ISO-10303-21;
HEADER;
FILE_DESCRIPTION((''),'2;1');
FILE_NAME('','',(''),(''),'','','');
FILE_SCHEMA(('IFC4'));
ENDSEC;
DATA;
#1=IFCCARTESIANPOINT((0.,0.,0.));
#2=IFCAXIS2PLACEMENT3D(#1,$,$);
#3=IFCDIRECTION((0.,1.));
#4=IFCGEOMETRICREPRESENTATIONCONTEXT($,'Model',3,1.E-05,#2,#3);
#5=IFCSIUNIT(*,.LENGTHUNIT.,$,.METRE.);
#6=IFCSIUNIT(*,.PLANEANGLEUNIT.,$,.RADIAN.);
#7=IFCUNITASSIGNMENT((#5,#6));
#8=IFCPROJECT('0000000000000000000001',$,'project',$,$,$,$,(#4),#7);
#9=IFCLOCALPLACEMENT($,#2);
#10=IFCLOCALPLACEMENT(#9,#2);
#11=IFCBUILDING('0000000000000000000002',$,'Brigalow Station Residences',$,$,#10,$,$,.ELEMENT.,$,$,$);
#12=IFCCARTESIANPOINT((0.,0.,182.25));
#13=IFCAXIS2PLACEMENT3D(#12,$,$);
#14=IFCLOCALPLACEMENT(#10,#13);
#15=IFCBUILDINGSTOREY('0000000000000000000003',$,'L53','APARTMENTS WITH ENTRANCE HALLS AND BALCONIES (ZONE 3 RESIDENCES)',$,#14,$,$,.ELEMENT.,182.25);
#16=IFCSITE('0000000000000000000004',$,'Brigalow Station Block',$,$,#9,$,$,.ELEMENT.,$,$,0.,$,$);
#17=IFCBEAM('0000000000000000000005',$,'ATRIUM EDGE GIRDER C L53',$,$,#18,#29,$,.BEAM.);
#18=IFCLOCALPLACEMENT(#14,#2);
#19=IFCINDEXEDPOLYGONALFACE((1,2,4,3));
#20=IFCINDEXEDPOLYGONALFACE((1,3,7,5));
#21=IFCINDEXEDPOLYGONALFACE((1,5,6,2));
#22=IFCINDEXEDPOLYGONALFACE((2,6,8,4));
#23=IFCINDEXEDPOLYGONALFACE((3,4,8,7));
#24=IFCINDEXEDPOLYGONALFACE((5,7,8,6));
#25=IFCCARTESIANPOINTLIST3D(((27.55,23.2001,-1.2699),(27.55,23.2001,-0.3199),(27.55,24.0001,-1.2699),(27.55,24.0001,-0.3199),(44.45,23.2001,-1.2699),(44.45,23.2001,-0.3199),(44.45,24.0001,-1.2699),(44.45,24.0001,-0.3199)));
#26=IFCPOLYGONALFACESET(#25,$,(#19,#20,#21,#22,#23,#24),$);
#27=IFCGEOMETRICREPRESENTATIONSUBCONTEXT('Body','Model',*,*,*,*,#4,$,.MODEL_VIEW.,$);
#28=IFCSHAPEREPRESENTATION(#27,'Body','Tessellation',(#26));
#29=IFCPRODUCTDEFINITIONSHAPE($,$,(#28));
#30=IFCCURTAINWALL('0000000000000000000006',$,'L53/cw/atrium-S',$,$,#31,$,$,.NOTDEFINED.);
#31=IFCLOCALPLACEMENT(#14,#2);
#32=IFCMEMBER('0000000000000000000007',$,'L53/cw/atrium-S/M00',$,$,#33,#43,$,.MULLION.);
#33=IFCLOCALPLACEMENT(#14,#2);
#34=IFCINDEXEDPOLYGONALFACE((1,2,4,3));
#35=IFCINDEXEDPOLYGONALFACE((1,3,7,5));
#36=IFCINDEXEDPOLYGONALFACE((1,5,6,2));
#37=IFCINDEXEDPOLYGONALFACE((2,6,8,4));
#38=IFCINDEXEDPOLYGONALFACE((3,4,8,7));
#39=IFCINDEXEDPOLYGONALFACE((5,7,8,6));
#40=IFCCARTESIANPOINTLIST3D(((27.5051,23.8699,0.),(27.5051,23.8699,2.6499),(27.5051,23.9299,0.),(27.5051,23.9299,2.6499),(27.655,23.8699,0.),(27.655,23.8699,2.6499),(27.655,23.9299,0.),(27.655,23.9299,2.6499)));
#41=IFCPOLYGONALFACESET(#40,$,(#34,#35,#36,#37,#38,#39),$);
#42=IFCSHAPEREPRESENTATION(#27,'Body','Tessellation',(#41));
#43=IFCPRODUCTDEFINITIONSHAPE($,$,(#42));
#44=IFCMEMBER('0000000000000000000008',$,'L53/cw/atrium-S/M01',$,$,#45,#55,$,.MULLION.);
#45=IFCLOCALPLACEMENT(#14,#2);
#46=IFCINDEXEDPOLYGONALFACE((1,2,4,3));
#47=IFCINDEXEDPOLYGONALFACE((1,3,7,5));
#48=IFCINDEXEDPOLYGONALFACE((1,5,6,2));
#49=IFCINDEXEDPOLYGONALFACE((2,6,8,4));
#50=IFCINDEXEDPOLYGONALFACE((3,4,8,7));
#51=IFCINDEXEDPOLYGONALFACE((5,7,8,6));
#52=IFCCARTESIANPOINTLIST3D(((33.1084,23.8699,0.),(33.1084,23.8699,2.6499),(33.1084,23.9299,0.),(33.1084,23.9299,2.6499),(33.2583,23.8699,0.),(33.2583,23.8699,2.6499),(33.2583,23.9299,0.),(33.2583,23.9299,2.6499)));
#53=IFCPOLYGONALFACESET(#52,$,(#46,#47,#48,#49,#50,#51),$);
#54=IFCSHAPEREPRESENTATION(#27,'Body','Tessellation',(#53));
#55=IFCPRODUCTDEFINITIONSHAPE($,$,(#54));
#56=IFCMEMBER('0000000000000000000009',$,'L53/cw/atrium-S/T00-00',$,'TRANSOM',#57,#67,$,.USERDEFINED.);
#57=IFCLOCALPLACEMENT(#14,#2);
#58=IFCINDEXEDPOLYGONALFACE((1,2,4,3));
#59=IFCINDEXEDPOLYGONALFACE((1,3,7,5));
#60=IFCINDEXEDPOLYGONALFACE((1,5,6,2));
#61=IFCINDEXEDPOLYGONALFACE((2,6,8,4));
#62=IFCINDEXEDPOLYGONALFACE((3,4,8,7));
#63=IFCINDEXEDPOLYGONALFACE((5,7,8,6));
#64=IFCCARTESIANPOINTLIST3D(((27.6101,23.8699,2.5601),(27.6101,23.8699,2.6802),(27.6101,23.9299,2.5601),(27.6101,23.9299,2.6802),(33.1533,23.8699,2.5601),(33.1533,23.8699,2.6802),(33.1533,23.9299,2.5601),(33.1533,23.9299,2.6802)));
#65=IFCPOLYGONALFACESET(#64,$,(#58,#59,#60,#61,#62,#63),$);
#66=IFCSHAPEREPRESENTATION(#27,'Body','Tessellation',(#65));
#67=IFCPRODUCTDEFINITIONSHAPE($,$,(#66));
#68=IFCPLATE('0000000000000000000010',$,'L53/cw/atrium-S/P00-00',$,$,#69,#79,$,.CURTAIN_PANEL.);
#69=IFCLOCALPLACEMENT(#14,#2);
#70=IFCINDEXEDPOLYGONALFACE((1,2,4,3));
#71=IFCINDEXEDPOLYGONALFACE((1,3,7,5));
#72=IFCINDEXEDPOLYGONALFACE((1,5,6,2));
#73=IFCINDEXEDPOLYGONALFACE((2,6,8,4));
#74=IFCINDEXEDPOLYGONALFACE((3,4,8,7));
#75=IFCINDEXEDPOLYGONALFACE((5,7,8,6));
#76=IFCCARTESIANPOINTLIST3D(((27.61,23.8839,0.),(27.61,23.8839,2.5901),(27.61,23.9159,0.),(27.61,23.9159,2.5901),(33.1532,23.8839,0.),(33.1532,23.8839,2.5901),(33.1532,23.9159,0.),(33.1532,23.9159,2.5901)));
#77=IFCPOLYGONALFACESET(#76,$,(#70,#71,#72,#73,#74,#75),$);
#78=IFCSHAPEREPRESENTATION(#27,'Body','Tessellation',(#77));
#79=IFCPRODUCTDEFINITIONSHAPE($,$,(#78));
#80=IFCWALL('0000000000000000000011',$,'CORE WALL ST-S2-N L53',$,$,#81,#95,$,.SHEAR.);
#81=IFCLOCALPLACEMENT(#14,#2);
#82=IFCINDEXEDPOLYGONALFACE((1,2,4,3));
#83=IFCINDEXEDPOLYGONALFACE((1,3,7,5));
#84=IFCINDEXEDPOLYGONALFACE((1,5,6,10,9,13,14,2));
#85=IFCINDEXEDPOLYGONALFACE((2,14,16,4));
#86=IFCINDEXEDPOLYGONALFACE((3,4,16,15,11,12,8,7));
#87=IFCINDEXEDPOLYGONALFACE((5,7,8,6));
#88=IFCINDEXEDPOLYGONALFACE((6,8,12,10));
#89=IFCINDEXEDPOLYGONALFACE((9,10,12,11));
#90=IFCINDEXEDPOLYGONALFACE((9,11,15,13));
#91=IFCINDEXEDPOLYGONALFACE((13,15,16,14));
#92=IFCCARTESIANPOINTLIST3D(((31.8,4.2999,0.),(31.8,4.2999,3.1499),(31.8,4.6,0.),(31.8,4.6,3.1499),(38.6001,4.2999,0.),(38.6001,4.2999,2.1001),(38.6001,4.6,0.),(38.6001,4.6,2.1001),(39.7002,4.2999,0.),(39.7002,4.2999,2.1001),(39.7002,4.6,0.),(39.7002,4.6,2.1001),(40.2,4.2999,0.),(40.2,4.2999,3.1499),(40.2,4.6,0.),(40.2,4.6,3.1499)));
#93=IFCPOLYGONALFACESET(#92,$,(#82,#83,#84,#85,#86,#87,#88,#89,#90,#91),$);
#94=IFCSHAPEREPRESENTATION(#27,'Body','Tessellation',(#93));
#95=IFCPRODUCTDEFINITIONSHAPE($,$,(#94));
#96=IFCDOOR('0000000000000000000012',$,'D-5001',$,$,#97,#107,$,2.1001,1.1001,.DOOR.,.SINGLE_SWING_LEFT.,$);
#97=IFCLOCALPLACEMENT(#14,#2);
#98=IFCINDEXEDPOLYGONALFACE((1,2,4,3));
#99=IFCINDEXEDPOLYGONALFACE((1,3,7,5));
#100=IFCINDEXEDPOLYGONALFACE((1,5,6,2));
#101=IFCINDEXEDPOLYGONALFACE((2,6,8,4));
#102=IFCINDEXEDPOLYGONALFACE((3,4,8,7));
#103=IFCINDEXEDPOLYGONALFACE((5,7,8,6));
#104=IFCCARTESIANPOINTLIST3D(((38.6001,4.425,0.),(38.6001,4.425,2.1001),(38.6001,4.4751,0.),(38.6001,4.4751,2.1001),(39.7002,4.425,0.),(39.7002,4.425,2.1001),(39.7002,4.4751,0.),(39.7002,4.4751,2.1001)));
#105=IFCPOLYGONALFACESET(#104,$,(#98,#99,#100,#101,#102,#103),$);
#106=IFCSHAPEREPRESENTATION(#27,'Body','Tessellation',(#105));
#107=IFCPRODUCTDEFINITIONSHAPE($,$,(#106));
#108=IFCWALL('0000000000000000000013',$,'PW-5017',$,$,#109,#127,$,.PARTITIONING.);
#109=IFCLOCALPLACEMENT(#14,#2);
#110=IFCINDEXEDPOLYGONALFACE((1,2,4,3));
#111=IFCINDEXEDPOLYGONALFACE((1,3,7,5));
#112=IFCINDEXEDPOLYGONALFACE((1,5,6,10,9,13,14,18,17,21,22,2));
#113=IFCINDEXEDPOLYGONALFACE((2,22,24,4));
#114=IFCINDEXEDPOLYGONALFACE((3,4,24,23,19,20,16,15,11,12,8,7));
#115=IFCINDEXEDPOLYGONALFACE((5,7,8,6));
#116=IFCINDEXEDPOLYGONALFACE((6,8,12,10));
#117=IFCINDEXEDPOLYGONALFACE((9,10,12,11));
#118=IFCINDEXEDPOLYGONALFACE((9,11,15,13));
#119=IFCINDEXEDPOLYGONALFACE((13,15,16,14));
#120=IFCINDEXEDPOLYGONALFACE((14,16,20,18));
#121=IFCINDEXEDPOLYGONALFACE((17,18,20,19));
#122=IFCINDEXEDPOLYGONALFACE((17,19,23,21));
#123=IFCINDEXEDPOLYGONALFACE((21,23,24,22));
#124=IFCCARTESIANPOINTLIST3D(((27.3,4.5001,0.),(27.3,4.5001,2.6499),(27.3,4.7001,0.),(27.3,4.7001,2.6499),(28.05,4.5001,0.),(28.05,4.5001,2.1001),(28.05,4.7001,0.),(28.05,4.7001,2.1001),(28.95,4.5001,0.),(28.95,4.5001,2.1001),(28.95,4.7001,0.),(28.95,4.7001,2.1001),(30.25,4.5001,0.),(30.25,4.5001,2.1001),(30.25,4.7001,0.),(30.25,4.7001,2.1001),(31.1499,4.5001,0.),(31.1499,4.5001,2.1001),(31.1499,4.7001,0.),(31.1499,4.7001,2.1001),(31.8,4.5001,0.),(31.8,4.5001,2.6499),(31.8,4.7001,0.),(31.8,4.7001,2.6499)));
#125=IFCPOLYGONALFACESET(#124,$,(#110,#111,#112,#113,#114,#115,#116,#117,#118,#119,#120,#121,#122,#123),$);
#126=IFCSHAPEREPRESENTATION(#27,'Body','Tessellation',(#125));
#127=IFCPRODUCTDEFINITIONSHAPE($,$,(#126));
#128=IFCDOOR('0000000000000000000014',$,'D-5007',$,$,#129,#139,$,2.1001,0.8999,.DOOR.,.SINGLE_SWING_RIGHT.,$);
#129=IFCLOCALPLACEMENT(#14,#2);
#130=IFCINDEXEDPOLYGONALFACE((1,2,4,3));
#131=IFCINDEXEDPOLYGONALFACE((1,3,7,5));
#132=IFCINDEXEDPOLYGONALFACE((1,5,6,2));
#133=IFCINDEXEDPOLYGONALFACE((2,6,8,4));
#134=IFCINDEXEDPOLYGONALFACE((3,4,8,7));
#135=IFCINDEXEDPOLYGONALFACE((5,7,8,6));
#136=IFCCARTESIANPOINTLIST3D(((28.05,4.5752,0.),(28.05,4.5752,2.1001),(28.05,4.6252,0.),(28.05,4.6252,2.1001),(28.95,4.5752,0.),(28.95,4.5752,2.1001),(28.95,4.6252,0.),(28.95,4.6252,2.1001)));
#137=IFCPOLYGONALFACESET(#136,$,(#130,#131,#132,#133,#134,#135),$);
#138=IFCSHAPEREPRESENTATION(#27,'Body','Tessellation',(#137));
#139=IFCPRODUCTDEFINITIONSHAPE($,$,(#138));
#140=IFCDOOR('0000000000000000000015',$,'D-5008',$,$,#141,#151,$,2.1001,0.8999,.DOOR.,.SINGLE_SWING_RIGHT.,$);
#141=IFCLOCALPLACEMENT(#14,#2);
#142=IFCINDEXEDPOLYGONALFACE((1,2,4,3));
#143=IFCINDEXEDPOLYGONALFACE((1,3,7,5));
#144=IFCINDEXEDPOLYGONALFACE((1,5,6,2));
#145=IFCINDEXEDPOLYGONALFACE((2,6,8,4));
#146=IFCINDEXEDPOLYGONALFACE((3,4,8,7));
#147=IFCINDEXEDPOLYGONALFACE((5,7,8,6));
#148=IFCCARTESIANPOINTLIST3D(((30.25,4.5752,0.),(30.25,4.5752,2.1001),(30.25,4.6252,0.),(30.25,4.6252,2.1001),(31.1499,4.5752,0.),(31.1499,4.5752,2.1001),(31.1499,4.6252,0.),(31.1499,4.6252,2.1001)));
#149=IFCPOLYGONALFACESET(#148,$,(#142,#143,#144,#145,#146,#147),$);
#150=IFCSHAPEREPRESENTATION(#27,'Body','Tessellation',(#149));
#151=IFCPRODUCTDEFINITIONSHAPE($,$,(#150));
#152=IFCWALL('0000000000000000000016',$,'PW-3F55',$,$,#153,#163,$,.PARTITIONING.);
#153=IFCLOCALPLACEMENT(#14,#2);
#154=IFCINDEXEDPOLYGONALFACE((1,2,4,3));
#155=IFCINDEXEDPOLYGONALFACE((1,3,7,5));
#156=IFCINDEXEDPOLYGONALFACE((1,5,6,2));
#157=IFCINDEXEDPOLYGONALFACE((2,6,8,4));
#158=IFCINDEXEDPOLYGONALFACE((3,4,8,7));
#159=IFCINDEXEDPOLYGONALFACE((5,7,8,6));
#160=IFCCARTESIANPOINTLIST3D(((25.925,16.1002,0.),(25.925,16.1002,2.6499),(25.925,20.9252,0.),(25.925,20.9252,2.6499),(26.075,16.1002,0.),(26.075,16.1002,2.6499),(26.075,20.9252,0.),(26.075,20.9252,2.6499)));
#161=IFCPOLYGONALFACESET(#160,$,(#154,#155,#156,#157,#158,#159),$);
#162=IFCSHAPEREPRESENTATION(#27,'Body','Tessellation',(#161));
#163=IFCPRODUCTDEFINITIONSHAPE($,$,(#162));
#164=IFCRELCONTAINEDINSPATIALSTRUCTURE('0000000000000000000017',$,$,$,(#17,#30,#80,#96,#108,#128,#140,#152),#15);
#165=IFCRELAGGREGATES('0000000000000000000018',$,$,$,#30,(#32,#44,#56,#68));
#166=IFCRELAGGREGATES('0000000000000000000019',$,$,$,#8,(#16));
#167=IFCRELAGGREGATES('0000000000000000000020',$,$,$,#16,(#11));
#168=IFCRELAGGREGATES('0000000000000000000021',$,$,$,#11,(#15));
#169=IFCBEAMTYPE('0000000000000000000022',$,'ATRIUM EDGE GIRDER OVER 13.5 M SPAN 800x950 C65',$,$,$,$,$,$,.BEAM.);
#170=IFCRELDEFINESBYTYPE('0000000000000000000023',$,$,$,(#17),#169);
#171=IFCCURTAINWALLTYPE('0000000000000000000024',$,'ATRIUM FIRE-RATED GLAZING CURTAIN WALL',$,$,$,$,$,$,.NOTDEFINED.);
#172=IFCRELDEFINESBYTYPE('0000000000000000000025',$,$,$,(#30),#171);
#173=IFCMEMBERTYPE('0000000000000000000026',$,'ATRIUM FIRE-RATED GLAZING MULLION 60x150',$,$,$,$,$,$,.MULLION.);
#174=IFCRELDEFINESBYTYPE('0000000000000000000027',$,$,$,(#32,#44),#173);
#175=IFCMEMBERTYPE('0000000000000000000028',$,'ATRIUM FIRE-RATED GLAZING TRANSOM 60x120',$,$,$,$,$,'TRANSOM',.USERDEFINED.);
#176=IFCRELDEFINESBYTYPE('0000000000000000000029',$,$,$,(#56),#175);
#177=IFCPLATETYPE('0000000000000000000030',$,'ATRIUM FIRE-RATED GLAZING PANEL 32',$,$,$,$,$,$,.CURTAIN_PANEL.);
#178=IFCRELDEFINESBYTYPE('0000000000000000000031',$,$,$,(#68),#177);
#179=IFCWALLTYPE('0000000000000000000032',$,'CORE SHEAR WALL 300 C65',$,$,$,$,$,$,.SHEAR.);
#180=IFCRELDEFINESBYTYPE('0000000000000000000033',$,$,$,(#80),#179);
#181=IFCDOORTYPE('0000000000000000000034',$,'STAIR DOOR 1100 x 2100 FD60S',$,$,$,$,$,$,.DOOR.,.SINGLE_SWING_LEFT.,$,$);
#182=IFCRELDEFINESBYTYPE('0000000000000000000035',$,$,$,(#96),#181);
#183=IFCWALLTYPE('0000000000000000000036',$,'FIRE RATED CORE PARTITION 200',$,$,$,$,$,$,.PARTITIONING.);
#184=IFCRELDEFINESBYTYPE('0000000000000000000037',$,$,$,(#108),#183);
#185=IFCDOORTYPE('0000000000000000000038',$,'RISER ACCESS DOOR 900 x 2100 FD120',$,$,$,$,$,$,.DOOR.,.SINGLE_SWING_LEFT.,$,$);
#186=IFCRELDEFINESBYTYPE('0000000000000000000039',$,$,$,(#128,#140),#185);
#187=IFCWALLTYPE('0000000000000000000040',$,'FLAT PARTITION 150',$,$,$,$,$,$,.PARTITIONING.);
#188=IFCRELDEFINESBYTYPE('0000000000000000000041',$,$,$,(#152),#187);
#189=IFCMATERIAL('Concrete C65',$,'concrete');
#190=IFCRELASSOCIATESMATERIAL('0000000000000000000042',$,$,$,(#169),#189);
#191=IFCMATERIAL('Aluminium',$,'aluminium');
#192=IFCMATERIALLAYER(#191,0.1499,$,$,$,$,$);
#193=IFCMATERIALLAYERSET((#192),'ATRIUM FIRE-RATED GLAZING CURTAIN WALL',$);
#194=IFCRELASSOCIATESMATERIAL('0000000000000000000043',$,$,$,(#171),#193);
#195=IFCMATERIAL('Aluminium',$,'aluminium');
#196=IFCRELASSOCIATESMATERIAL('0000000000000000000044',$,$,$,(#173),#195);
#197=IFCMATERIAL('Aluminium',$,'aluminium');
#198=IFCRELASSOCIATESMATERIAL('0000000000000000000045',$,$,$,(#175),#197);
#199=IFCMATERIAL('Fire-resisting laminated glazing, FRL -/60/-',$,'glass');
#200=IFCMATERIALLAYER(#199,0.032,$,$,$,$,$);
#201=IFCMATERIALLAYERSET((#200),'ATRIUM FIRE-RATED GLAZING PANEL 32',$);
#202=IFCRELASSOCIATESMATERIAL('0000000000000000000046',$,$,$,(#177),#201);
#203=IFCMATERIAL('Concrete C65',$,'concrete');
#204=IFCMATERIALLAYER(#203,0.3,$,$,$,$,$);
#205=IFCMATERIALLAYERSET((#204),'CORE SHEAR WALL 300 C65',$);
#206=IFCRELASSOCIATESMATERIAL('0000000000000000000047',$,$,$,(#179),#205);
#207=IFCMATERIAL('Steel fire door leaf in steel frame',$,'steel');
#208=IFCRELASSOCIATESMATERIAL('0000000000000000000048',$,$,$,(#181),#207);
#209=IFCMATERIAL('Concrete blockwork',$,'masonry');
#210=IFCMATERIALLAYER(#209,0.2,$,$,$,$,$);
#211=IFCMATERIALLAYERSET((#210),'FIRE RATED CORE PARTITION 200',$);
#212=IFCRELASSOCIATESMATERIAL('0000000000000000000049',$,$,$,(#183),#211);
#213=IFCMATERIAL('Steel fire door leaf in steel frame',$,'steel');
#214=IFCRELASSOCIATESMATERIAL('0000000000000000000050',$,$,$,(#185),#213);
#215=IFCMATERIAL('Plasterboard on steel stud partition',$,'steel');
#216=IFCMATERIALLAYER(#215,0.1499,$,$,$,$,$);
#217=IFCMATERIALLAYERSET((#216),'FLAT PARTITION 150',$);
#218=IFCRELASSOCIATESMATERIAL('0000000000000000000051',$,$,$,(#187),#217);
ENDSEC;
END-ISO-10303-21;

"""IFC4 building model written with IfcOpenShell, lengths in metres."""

from ifc_helpers import new_model, si_unit, direction, frame, frame_2d, origin, origin_2d, place, context, subcontext, project, spatial, rectangle, extrude, material, layer, layer_set, material_profile, profile_set, type_object, element, fill, aggregate, save


model = new_model("IFC4")

# Units and contexts
model_context = context("Model", 3, precision=1e-05, world=origin(), true_north=direction((0.0, 1.0)))
body_context = subcontext(model_context, "Body", "Model", "MODEL_VIEW")
ifc_project = project(units=[si_unit("LENGTHUNIT", "METRE"), si_unit("PLANEANGLEUNIT", "RADIAN")], contexts=[model_context])

# Site, building, storey
site_placement = place(None, origin())
site = spatial("IfcSite", under=ifc_project, at=site_placement, Name="Brigalow Station Block", CompositionType="ELEMENT", RefElevation=0.0)
building_placement = place(site_placement, origin())
building = spatial("IfcBuilding", under=site, at=building_placement, Name="Brigalow Station Residences", CompositionType="ELEMENT")
storey_placement = place(building_placement, frame((0.0, 0.0, 182.25)))
storey = spatial("IfcBuildingStorey", under=building, at=storey_placement, Name="L53", Description="APARTMENTS WITH ENTRANCE HALLS AND BALCONIES (ZONE 3 RESIDENCES)", CompositionType="ELEMENT", Elevation=182.25)

# Beam
ifc_material_1 = material(Name="Concrete C65", Category="concrete")
ifc_material_profile_1 = material_profile(ifc_material_1, rectangle(XDim=0.8, YDim=0.95, at=origin_2d()), Name="RC800x950")
ifc_profile_set_1 = profile_set([ifc_material_profile_1], Name="Concrete C65")
beam_type = type_object("IfcBeamType", Name="ATRIUM EDGE GIRDER OVER 13.5 M SPAN 800x950 C65", PredefinedType="BEAM", material=ifc_profile_set_1)
beam_placement = place(storey_placement, frame((27.55, 23.6001, -0.7949), z_axis=(1.0, 0.0, 0.0), x_axis=(0.0, 1.0, 0.0)))
element("IfcBeam", 1, at=beam_placement, inside=storey, type_object=beam_type, Name="ATRIUM EDGE GIRDER C L53", PredefinedType="BEAM", context=body_context, shape_type="SweptSolid", body=[
    extrude(rectangle(XDim=0.8, YDim=0.95, at=origin_2d()), origin(), (0.0, 0.0, 1.0), 16.8999),
])

# Curtain wall, members, plate
ifc_material_2 = material(Name="Aluminium", Category="aluminium")
ifc_layer_1 = layer(ifc_material_2, 0.1499)
ifc_layer_set_1 = layer_set([ifc_layer_1], Name="ATRIUM FIRE-RATED GLAZING CURTAIN WALL")
curtain_wall_type = type_object("IfcCurtainWallType", Name="ATRIUM FIRE-RATED GLAZING CURTAIN WALL", PredefinedType="NOTDEFINED", material=ifc_layer_set_1)
curtain_wall_placement = place(storey_placement, origin())
curtain_wall = element("IfcCurtainWall", 2, at=curtain_wall_placement, inside=storey, type_object=curtain_wall_type, Name="L53/cw/atrium-S", PredefinedType="NOTDEFINED")
ifc_material_3 = material(Name="Aluminium", Category="aluminium")
ifc_material_profile_2 = material_profile(ifc_material_3, rectangle(XDim=0.0601, YDim=0.1499, at=origin_2d()), Name="ATRIUM FIRE-RATED GLAZING MULLION 60x150")
ifc_profile_set_2 = profile_set([ifc_material_profile_2], Name="Aluminium")
member_type_1 = type_object("IfcMemberType", Name="ATRIUM FIRE-RATED GLAZING MULLION 60x150", PredefinedType="MULLION", material=ifc_profile_set_2)
member_1_placement = place(storey_placement, frame((27.5801, 23.8999, 0.0), z_axis=(0.0, 0.0, 1.0), x_axis=(0.0, 1.0, 0.0)))
member_1 = element("IfcMember", 3, at=member_1_placement, type_object=member_type_1, Name="L53/cw/atrium-S/M00", PredefinedType="MULLION", context=body_context, shape_type="SweptSolid", body=[
    extrude(rectangle(XDim=0.0601, YDim=0.1499, at=origin_2d()), origin(), (0.0, 0.0, 1.0), 2.6499),
])
member_2_placement = place(storey_placement, frame((33.1833, 23.8999, 0.0), z_axis=(0.0, 0.0, 1.0), x_axis=(0.0, 1.0, 0.0)))
member_2 = element("IfcMember", 4, at=member_2_placement, type_object=member_type_1, Name="L53/cw/atrium-S/M01", PredefinedType="MULLION", context=body_context, shape_type="SweptSolid", body=[
    extrude(rectangle(XDim=0.0601, YDim=0.1499, at=origin_2d()), origin(), (0.0, 0.0, 1.0), 2.6499),
])
ifc_material_4 = material(Name="Aluminium", Category="aluminium")
ifc_material_profile_3 = material_profile(ifc_material_4, rectangle(XDim=0.0601, YDim=0.1201, at=origin_2d()), Name="ATRIUM FIRE-RATED GLAZING TRANSOM 60x120")
ifc_profile_set_3 = profile_set([ifc_material_profile_3], Name="Aluminium")
member_type_2 = type_object("IfcMemberType", Name="ATRIUM FIRE-RATED GLAZING TRANSOM 60x120", ElementType="TRANSOM", PredefinedType="USERDEFINED", material=ifc_profile_set_3)
member_3_placement = place(storey_placement, frame((27.6101, 23.8999, 2.6201), z_axis=(1.0, 0.0, 0.0), x_axis=(0.0, 1.0, 0.0)))
member_3 = element("IfcMember", 5, at=member_3_placement, type_object=member_type_2, Name="L53/cw/atrium-S/T00-00", ObjectType="TRANSOM", PredefinedType="USERDEFINED", context=body_context, shape_type="SweptSolid", body=[
    extrude(rectangle(XDim=0.0601, YDim=0.1201, at=origin_2d()), origin(), (0.0, 0.0, 1.0), 5.5432),
])
ifc_material_5 = material(Name="Fire-resisting laminated glazing, FRL -/60/-", Category="glass")
ifc_layer_2 = layer(ifc_material_5, 0.032)
ifc_layer_set_2 = layer_set([ifc_layer_2], Name="ATRIUM FIRE-RATED GLAZING PANEL 32")
plate_type = type_object("IfcPlateType", Name="ATRIUM FIRE-RATED GLAZING PANEL 32", PredefinedType="CURTAIN_PANEL", material=ifc_layer_set_2)
plate_placement = place(storey_placement, frame((30.3816, 23.8999, 0.0), z_axis=(0.0, 0.0, 1.0), x_axis=(1.0, 0.0, 0.0)))
plate = element("IfcPlate", 6, at=plate_placement, type_object=plate_type, Name="L53/cw/atrium-S/P00-00", PredefinedType="CURTAIN_PANEL", context=body_context, shape_type="SweptSolid", body=[
    extrude(rectangle(XDim=5.5432, YDim=0.032, at=origin_2d()), origin(), (0.0, 0.0, 1.0), 2.5901),
])
aggregate(curtain_wall, [member_1, member_2, member_3, plate])

# Wall, opening, door
ifc_material_6 = material(Name="Concrete C65", Category="concrete")
ifc_layer_3 = layer(ifc_material_6, 0.3)
ifc_layer_set_3 = layer_set([ifc_layer_3], Name="CORE SHEAR WALL 300 C65")
wall_type_1 = type_object("IfcWallType", Name="CORE SHEAR WALL 300 C65", PredefinedType="SHEAR", material=ifc_layer_set_3)
wall_1_placement = place(storey_placement, frame((31.8, 4.45, 0.0), z_axis=(0.0, 0.0, 1.0), x_axis=(1.0, 0.0, 0.0)))
wall_1 = element("IfcWall", 7, at=wall_1_placement, inside=storey, type_object=wall_type_1, Name="CORE WALL ST-S2-N L53", PredefinedType="SHEAR", context=body_context, shape_type="SweptSolid", body=[
    extrude(rectangle(XDim=8.3999, YDim=0.3, at=frame_2d((4.2, 0.0))), origin(), (0.0, 0.0, 1.0), 3.1499),
])
opening_1_placement = place(wall_1_placement, frame((6.8, 0.0, 0.0)))
opening_1 = element("IfcOpeningElement", 8, at=opening_1_placement, cuts=wall_1, PredefinedType="OPENING", context=body_context, shape_type="SweptSolid", body=[
    extrude(rectangle(XDim=1.1001, YDim=2.1001, at=frame_2d((0.55, 1.05))), frame((0.0, 0.1602, 0.0), z_axis=(0.0, -1.0, 0.0), x_axis=(1.0, 0.0, 0.0)), (0.0, 0.0, 1.0), 0.3201),
])
ifc_material_7 = material(Name="Steel fire door leaf in steel frame", Category="steel")
door_type_1 = type_object("IfcDoorType", Name="STAIR DOOR 1100 x 2100 FD60S", OperationType="SINGLE_SWING_LEFT", PredefinedType="DOOR", material=ifc_material_7)
door_1_placement = place(opening_1_placement, frame((1.1001, 0.0, 0.0), z_axis=(0.0, 0.0, 1.0), x_axis=(-1.0, 0.0, 0.0)))
door_1 = element("IfcDoor", 9, at=door_1_placement, inside=storey, type_object=door_type_1, Name="D-5001", OperationType="SINGLE_SWING_LEFT", OverallHeight=2.1001, OverallWidth=1.1001, PredefinedType="DOOR", context=body_context, shape_type="SweptSolid", body=[
    extrude(rectangle(XDim=1.1001, YDim=2.1001, at=frame_2d((0.55, 1.05))), frame((0.0, 0.0249, 0.0), z_axis=(0.0, -1.0, 0.0), x_axis=(1.0, 0.0, 0.0)), (0.0, 0.0, 1.0), 0.05),
])
fill(opening_1, door_1)

# Wall, openings, doors
ifc_material_8 = material(Name="Concrete blockwork", Category="masonry")
ifc_layer_4 = layer(ifc_material_8, 0.2)
ifc_layer_set_4 = layer_set([ifc_layer_4], Name="FIRE RATED CORE PARTITION 200")
wall_type_2 = type_object("IfcWallType", Name="FIRE RATED CORE PARTITION 200", PredefinedType="PARTITIONING", material=ifc_layer_set_4)
wall_2_placement = place(storey_placement, frame((27.3, 4.6001, 0.0), z_axis=(0.0, 0.0, 1.0), x_axis=(1.0, 0.0, 0.0)))
wall_2 = element("IfcWall", 10, at=wall_2_placement, inside=storey, type_object=wall_type_2, Name="PW-5017", PredefinedType="PARTITIONING", context=body_context, shape_type="SweptSolid", body=[
    extrude(rectangle(XDim=4.5, YDim=0.2, at=frame_2d((2.25, 0.0))), origin(), (0.0, 0.0, 1.0), 2.6499),
])
opening_2_placement = place(wall_2_placement, frame((0.75, 0.0, 0.0)))
opening_2 = element("IfcOpeningElement", 11, at=opening_2_placement, cuts=wall_2, PredefinedType="OPENING", context=body_context, shape_type="SweptSolid", body=[
    extrude(rectangle(XDim=0.8999, YDim=2.1001, at=frame_2d((0.45, 1.05))), frame((0.0, 0.1099, 0.0), z_axis=(0.0, -1.0, 0.0), x_axis=(1.0, 0.0, 0.0)), (0.0, 0.0, 1.0), 0.22),
])
opening_3_placement = place(wall_2_placement, frame((2.95, 0.0, 0.0)))
opening_3 = element("IfcOpeningElement", 12, at=opening_3_placement, cuts=wall_2, PredefinedType="OPENING", context=body_context, shape_type="SweptSolid", body=[
    extrude(rectangle(XDim=0.8999, YDim=2.1001, at=frame_2d((0.45, 1.05))), frame((0.0, 0.1099, 0.0), z_axis=(0.0, -1.0, 0.0), x_axis=(1.0, 0.0, 0.0)), (0.0, 0.0, 1.0), 0.22),
])
ifc_material_9 = material(Name="Steel fire door leaf in steel frame", Category="steel")
door_type_2 = type_object("IfcDoorType", Name="RISER ACCESS DOOR 900 x 2100 FD120", OperationType="SINGLE_SWING_LEFT", PredefinedType="DOOR", material=ifc_material_9)
door_2_placement = place(opening_2_placement, frame((0.8999, 0.0, 0.0), z_axis=(0.0, 0.0, 1.0), x_axis=(-1.0, 0.0, 0.0)))
door_2 = element("IfcDoor", 13, at=door_2_placement, inside=storey, type_object=door_type_2, Name="D-5007", OperationType="SINGLE_SWING_RIGHT", OverallHeight=2.1001, OverallWidth=0.8999, PredefinedType="DOOR", context=body_context, shape_type="SweptSolid", body=[
    extrude(rectangle(XDim=0.8999, YDim=2.1001, at=frame_2d((0.45, 1.05))), frame((0.0, 0.0249, 0.0), z_axis=(0.0, -1.0, 0.0), x_axis=(1.0, 0.0, 0.0)), (0.0, 0.0, 1.0), 0.05),
])
fill(opening_2, door_2)
door_3_placement = place(opening_3_placement, frame((0.8999, 0.0, 0.0), z_axis=(0.0, 0.0, 1.0), x_axis=(-1.0, 0.0, 0.0)))
door_3 = element("IfcDoor", 14, at=door_3_placement, inside=storey, type_object=door_type_2, Name="D-5008", OperationType="SINGLE_SWING_RIGHT", OverallHeight=2.1001, OverallWidth=0.8999, PredefinedType="DOOR", context=body_context, shape_type="SweptSolid", body=[
    extrude(rectangle(XDim=0.8999, YDim=2.1001, at=frame_2d((0.45, 1.05))), frame((0.0, 0.0249, 0.0), z_axis=(0.0, -1.0, 0.0), x_axis=(1.0, 0.0, 0.0)), (0.0, 0.0, 1.0), 0.05),
])
fill(opening_3, door_3)

# Wall
ifc_material_10 = material(Name="Plasterboard on steel stud partition", Category="steel")
ifc_layer_5 = layer(ifc_material_10, 0.1499)
ifc_layer_set_5 = layer_set([ifc_layer_5], Name="FLAT PARTITION 150")
wall_type_3 = type_object("IfcWallType", Name="FLAT PARTITION 150", PredefinedType="PARTITIONING", material=ifc_layer_set_5)
for number, where, z_axis, x_axis, name in (
    (15, (26.0, 16.1001, 0.0), (0.0, 0.0, 1.0), (0.0, 1.0, 0.0), "PW-3F55"),
):
    element("IfcWall", number, at=place(storey_placement, frame(where, z_axis=z_axis, x_axis=x_axis)), inside=storey, type_object=wall_type_3, Name=name, PredefinedType="PARTITIONING", context=body_context, shape_type="SweptSolid", body=[
        extrude(rectangle(XDim=4.825, YDim=0.1499, at=frame_2d((2.4126, 0.0))), origin(), (0.0, 0.0, 1.0), 2.6499),
    ])

save(model, "model.ifc")
